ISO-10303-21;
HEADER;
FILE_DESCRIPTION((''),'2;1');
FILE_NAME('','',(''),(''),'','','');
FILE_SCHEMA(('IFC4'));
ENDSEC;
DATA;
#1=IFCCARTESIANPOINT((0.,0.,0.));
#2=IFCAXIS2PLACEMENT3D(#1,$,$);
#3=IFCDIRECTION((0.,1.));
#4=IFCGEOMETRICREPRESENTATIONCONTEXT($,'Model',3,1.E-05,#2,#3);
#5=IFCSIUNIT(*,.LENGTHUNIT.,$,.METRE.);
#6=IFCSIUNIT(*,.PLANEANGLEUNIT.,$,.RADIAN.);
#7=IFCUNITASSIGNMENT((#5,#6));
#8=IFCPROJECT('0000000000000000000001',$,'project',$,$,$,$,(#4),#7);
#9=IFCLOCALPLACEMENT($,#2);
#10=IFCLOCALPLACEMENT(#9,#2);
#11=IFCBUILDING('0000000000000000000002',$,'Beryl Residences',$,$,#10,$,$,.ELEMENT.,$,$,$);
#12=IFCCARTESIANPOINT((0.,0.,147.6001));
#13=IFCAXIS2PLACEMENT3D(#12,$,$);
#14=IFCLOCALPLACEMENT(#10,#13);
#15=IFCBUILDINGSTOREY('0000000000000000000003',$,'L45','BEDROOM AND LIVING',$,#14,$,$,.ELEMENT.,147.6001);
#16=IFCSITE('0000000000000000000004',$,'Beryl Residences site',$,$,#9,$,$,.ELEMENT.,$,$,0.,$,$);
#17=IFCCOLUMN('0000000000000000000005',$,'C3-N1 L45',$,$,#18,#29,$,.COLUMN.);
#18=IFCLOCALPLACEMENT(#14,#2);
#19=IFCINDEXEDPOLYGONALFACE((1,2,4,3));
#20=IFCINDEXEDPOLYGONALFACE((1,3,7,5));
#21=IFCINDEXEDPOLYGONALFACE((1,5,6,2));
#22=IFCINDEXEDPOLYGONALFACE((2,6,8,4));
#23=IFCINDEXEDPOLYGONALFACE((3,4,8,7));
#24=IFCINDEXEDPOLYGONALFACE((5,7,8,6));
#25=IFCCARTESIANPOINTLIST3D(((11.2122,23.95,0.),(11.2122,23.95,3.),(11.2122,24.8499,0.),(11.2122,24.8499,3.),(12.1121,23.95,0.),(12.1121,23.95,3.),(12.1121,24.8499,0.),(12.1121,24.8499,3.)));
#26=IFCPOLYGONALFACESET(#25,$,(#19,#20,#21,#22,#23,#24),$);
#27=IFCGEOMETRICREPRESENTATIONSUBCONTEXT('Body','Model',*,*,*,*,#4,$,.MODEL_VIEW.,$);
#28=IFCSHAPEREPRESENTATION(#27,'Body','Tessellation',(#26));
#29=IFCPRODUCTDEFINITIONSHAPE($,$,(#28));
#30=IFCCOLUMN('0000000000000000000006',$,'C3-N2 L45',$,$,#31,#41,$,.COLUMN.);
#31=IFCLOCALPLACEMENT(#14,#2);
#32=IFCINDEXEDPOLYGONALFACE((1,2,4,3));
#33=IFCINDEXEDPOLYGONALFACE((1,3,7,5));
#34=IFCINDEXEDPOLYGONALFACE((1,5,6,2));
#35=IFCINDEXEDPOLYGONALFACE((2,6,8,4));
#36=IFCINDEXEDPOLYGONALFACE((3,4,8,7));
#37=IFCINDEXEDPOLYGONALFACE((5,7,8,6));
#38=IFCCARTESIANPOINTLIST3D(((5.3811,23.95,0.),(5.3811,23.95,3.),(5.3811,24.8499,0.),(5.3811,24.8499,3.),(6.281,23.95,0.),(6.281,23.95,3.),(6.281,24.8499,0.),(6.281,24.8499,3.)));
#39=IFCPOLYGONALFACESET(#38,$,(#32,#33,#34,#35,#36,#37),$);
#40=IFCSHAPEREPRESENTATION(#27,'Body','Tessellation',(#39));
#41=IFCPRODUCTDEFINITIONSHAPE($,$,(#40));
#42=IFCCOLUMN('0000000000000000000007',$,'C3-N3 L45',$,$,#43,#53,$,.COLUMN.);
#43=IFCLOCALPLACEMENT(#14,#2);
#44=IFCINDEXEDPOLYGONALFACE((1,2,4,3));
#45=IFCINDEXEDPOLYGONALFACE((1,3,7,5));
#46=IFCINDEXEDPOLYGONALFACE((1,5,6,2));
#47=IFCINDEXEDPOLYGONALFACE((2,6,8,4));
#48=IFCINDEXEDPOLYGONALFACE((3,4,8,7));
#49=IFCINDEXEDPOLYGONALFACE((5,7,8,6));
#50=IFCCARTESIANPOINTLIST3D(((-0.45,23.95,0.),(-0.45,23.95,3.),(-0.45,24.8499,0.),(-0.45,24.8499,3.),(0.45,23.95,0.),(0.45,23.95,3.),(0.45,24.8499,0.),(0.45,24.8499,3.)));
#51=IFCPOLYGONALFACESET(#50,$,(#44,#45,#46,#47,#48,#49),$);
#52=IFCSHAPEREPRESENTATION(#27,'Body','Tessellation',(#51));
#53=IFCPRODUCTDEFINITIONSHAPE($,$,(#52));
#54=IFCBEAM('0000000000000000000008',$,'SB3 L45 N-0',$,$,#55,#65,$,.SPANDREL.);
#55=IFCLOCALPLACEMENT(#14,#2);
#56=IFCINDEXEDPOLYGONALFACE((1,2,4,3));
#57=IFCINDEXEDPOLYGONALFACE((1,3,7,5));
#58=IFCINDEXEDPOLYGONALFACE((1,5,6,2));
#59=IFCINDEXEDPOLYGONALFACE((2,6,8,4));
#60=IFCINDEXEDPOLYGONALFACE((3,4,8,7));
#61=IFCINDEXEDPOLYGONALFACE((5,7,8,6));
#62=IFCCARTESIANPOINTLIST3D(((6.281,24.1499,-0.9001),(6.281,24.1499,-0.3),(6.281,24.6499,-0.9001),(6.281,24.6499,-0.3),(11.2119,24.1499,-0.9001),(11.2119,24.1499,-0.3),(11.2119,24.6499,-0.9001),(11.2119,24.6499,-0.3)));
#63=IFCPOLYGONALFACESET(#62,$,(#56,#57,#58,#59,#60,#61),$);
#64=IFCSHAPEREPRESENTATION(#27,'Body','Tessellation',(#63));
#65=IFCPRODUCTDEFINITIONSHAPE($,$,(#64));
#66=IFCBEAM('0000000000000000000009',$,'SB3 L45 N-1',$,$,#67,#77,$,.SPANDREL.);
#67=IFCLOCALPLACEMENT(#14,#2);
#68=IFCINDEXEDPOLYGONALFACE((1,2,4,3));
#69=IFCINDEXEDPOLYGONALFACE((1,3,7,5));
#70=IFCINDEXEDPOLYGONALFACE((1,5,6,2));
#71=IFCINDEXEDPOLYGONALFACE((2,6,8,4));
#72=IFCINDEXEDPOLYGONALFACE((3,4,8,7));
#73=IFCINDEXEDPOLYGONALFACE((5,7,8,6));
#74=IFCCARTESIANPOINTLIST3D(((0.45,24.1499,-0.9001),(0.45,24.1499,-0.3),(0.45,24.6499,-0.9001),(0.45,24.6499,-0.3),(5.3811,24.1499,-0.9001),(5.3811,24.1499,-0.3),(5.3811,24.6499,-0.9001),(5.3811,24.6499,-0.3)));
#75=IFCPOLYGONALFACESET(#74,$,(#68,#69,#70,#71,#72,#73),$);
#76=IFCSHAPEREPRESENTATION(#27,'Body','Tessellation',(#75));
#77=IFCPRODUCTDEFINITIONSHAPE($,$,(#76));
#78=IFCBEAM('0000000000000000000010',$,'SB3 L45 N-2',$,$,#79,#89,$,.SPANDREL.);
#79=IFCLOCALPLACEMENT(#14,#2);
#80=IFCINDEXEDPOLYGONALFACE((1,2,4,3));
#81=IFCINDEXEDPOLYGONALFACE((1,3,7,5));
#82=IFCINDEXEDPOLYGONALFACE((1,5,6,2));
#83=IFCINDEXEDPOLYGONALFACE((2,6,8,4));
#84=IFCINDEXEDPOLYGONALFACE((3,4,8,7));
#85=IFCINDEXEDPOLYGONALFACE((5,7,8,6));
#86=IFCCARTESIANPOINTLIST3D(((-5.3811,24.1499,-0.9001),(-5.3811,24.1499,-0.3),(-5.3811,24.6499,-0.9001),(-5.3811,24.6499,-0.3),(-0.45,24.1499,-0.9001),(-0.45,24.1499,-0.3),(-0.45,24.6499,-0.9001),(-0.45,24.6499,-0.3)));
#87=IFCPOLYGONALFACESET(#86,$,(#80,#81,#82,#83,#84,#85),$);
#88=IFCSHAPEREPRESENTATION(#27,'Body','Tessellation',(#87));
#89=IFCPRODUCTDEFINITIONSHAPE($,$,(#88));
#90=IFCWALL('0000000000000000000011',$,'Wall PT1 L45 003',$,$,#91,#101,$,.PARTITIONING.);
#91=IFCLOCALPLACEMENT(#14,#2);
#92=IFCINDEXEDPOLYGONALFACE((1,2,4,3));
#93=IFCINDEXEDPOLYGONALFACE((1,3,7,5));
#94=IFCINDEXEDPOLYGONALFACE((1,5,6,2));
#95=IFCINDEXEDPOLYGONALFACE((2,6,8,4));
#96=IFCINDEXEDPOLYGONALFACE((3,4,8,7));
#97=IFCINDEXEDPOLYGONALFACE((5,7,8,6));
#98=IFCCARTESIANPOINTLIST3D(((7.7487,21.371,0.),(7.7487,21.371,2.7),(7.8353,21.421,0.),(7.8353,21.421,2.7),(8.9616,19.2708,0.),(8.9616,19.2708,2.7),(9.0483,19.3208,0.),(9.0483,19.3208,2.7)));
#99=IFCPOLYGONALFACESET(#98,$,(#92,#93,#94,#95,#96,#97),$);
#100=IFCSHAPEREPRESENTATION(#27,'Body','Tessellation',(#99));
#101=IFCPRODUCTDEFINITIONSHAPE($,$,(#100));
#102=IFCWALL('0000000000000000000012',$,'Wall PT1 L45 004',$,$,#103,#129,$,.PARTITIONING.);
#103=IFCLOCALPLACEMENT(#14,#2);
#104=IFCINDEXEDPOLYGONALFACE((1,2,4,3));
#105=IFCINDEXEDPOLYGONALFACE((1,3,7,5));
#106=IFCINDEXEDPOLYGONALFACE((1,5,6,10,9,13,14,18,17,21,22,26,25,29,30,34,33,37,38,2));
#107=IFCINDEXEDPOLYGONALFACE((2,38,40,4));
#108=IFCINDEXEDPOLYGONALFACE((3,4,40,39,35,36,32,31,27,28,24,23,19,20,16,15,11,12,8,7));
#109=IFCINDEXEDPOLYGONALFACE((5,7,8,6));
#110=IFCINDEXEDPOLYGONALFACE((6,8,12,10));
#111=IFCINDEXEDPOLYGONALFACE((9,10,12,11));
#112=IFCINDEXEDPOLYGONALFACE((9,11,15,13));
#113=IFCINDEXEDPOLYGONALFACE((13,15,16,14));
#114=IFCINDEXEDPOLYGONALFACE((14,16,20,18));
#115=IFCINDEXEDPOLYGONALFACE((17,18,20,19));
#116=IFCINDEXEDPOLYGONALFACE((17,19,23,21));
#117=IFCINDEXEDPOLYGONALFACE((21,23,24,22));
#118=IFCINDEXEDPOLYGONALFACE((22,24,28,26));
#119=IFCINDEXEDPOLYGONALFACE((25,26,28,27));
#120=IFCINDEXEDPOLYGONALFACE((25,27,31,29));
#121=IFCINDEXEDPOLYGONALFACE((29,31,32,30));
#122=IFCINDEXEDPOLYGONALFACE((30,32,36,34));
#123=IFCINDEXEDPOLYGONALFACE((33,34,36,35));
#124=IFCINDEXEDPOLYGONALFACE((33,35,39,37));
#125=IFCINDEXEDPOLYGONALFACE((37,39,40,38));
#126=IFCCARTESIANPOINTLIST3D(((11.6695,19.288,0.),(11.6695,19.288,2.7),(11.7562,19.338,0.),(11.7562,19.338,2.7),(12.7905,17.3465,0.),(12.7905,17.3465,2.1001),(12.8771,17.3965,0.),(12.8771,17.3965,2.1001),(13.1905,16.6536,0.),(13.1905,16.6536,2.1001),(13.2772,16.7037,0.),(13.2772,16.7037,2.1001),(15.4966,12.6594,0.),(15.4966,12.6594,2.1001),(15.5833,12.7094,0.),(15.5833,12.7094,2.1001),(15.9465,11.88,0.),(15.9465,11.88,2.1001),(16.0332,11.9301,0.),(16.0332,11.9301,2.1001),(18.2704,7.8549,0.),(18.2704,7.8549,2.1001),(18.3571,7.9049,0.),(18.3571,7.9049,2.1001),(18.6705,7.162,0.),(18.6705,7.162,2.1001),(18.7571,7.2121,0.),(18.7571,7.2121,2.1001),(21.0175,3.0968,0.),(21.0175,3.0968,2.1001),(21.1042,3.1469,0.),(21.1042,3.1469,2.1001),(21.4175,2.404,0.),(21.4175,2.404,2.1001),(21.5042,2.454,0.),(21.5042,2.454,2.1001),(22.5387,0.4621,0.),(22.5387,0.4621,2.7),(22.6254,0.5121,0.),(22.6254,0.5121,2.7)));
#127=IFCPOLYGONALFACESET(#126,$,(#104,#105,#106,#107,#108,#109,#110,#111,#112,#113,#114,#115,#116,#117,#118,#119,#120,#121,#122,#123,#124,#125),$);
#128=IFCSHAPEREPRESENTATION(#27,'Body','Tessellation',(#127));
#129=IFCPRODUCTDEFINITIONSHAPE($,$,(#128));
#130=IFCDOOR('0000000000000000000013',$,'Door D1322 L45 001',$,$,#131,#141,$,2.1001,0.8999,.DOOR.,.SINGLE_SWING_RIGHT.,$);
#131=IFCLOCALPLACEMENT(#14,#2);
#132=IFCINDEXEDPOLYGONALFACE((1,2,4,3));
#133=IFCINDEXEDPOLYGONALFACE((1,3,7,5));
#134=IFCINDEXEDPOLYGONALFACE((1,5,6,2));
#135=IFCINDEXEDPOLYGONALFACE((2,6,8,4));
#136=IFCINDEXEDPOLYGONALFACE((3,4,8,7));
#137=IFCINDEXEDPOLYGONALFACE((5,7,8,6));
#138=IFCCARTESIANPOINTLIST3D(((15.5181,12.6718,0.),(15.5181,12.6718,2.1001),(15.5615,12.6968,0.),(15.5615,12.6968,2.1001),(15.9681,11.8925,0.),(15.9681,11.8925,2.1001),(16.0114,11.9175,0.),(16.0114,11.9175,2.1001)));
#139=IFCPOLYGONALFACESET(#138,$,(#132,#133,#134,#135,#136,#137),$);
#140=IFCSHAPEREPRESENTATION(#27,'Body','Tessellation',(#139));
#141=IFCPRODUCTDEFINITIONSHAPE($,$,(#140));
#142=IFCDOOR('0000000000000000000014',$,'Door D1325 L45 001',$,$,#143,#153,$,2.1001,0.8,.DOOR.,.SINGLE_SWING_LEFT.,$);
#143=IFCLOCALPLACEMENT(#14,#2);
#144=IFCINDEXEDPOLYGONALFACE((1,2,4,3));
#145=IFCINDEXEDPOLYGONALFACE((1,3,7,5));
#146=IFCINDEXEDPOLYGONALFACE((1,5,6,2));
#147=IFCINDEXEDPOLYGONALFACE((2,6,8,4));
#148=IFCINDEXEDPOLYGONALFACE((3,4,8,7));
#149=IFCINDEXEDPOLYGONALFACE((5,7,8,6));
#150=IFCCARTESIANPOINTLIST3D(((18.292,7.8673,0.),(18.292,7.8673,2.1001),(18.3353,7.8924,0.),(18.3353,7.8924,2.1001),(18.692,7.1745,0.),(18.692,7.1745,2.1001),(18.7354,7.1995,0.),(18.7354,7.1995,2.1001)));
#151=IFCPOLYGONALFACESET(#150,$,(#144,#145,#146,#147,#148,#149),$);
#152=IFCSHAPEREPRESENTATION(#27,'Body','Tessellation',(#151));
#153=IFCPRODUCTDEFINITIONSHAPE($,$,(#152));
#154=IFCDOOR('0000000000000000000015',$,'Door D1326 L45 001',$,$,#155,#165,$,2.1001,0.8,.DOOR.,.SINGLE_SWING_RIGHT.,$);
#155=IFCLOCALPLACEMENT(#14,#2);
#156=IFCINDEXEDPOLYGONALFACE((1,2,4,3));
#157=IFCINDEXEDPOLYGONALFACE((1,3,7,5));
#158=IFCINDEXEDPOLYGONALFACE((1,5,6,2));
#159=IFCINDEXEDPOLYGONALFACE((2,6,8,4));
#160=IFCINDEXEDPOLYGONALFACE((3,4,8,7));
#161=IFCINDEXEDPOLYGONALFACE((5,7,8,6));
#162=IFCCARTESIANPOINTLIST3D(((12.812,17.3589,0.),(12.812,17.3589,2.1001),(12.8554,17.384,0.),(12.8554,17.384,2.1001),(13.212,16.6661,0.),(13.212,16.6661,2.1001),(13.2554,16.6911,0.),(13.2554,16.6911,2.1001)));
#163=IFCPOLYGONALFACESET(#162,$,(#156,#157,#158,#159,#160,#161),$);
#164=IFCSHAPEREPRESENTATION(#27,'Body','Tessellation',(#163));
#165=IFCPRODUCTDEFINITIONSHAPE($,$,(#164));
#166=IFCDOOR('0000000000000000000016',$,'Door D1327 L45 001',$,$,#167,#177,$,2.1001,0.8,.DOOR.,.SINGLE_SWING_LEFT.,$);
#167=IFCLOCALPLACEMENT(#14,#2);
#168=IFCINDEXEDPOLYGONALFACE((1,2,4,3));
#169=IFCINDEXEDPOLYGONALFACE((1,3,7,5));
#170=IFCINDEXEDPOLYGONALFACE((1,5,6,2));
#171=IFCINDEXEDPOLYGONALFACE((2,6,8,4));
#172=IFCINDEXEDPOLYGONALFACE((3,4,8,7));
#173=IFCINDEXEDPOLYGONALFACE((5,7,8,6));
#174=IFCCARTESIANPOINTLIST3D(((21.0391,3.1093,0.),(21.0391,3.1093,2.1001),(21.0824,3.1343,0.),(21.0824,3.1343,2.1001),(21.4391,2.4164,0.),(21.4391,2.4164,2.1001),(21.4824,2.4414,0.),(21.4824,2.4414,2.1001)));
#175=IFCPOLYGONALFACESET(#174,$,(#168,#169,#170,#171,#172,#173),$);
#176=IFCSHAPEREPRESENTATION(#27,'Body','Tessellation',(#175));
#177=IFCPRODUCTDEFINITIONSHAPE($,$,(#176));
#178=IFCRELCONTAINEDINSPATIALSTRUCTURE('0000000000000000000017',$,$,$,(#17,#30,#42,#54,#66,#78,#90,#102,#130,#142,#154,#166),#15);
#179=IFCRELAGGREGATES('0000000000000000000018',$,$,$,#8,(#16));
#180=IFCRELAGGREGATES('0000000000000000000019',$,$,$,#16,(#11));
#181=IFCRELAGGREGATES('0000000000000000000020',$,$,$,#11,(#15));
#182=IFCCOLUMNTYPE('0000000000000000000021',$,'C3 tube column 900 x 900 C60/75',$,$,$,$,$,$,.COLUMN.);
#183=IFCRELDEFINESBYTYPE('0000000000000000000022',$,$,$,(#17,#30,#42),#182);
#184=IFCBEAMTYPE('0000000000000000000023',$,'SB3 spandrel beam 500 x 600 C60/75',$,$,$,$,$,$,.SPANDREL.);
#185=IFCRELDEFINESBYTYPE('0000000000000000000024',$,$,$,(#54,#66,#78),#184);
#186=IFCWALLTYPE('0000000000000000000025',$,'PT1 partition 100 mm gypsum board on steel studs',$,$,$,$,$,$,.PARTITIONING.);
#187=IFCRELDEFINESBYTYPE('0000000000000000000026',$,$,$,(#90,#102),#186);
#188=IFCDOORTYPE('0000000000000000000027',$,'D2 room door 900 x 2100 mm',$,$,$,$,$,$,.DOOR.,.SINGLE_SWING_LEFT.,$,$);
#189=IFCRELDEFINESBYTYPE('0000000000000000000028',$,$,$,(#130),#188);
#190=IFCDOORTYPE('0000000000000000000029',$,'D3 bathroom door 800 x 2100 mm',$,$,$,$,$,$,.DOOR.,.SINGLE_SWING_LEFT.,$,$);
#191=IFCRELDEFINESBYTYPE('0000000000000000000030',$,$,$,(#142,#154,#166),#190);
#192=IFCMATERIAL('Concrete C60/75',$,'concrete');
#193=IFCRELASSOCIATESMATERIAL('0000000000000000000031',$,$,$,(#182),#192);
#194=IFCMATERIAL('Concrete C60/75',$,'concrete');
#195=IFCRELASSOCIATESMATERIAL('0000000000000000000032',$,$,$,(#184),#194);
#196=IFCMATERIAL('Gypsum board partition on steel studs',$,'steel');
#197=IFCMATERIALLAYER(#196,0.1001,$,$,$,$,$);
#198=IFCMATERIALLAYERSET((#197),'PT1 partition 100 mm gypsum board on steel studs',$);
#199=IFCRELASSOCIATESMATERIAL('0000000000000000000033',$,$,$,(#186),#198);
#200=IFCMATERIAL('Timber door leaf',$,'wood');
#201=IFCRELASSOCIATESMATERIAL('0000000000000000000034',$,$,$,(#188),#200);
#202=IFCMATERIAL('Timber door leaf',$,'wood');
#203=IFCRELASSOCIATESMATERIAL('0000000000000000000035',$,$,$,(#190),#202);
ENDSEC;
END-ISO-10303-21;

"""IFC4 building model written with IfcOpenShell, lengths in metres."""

from ifc_helpers import new_model, si_unit, direction, frame, frame_2d, origin, origin_2d, place, context, subcontext, project, spatial, rectangle, extrude, material, layer, layer_set, material_profile, profile_set, type_object, element, fill, save


model = new_model("IFC4")

# Units and contexts
model_context = context("Model", 3, precision=1e-05, world=origin(), true_north=direction((0.0, 1.0)))
body_context = subcontext(model_context, "Body", "Model", "MODEL_VIEW")
ifc_project = project(units=[si_unit("LENGTHUNIT", "METRE"), si_unit("PLANEANGLEUNIT", "RADIAN")], contexts=[model_context])

# Site, building, storey
site_placement = place(None, origin())
site = spatial("IfcSite", under=ifc_project, at=site_placement, Name="Beryl Residences site", CompositionType="ELEMENT", RefElevation=0.0)
building_placement = place(site_placement, origin())
building = spatial("IfcBuilding", under=site, at=building_placement, Name="Beryl Residences", CompositionType="ELEMENT")
storey_placement = place(building_placement, frame((0.0, 0.0, 147.6001)))
storey = spatial("IfcBuildingStorey", under=building, at=storey_placement, Name="L45", Description="BEDROOM AND LIVING", CompositionType="ELEMENT", Elevation=147.6001)

# Columns
ifc_material_1 = material(Name="Concrete C60/75", Category="concrete")
ifc_material_profile_1 = material_profile(ifc_material_1, rectangle(XDim=0.8999, YDim=0.8999, at=origin_2d()))
ifc_profile_set_1 = profile_set([ifc_material_profile_1], Name="Concrete C60/75")
column_type = type_object("IfcColumnType", Name="C3 tube column 900 x 900 C60/75", PredefinedType="COLUMN", material=ifc_profile_set_1)
for number, where, z_axis, x_axis, name in (
    (1, (11.6621, 24.3999, 0.0), (0.0, 0.0, 1.0), (-1.0, 0.0, 0.0), "C3-N1 L45"),
    (2, (5.8311, 24.3999, 0.0), (0.0, 0.0, 1.0), (-1.0, 0.0, 0.0), "C3-N2 L45"),
    (3, (0.0, 24.3999, 0.0), (0.0, 0.0, 1.0), (-1.0, 0.0, 0.0), "C3-N3 L45"),
):
    element("IfcColumn", number, at=place(storey_placement, frame(where, z_axis=z_axis, x_axis=x_axis)), inside=storey, type_object=column_type, Name=name, PredefinedType="COLUMN", context=body_context, shape_type="SweptSolid", body=[
        extrude(rectangle(XDim=0.8999, YDim=0.8999, at=origin_2d()), origin(), (0.0, 0.0, 1.0), 3.0),
    ])

# Beams
ifc_material_2 = material(Name="Concrete C60/75", Category="concrete")
ifc_material_profile_2 = material_profile(ifc_material_2, rectangle(XDim=0.5, YDim=0.6001, at=origin_2d()))
ifc_profile_set_2 = profile_set([ifc_material_profile_2], Name="Concrete C60/75")
beam_type = type_object("IfcBeamType", Name="SB3 spandrel beam 500 x 600 C60/75", PredefinedType="SPANDREL", material=ifc_profile_set_2)
beam_placement = place(storey_placement, frame((11.2119, 24.3999, -0.6001), z_axis=(-1.0, 0.0, 0.0), x_axis=(0.0, -1.0, 0.0)))
element("IfcBeam", 4, at=beam_placement, inside=storey, type_object=beam_type, Name="SB3 L45 N-0", PredefinedType="SPANDREL", context=body_context, shape_type="SweptSolid", body=[
    extrude(rectangle(XDim=0.5, YDim=0.6001, at=origin_2d()), origin(), (0.0, 0.0, 1.0), 4.9309),
])
for number, where, z_axis, x_axis, name in (
    (5, (5.3811, 24.3999, -0.6001), (-1.0, 0.0, 0.0), (0.0, -1.0, 0.0), "SB3 L45 N-1"),
    (6, (-0.45, 24.3999, -0.6001), (-1.0, 0.0, 0.0), (0.0, -1.0, 0.0), "SB3 L45 N-2"),
):
    element("IfcBeam", number, at=place(storey_placement, frame(where, z_axis=z_axis, x_axis=x_axis)), inside=storey, type_object=beam_type, Name=name, PredefinedType="SPANDREL", context=body_context, shape_type="SweptSolid", body=[
        extrude(rectangle(XDim=0.5, YDim=0.6001, at=origin_2d()), origin(), (0.0, 0.0, 1.0), 4.9312),
    ])

# Wall
ifc_material_3 = material(Name="Gypsum board partition on steel studs", Category="steel")
ifc_layer_1 = layer(ifc_material_3, 0.1001)
ifc_layer_set_1 = layer_set([ifc_layer_1], Name="PT1 partition 100 mm gypsum board on steel studs")
wall_type_1 = type_object("IfcWallType", Name="PT1 partition 100 mm gypsum board on steel studs", PredefinedType="PARTITIONING", material=ifc_layer_set_1)
wall_1_placement = place(storey_placement, frame((7.792, 21.396, 0.0), z_axis=(0.0, 0.0, 1.0), x_axis=(0.500123, -0.865954, 0.0)))
element("IfcWall", 7, at=wall_1_placement, inside=storey, type_object=wall_type_1, Name="Wall PT1 L45 003", PredefinedType="PARTITIONING", context=body_context, shape_type="SweptSolid", body=[
    extrude(rectangle(XDim=2.4253, YDim=0.1001, at=frame_2d((1.2126, 0.0))), origin(), (0.0, 0.0, 1.0), 2.7),
])

# Wall, openings, doors
wall_2_placement = place(storey_placement, frame((11.7129, 19.313, 0.0), z_axis=(0.0, 0.0, 1.0), x_axis=(0.5, -0.866026, 0.0)))
wall_2 = element("IfcWall", 8, at=wall_2_placement, inside=storey, type_object=wall_type_1, Name="Wall PT1 L45 004", PredefinedType="PARTITIONING", context=body_context, shape_type="SweptSolid", body=[
    extrude(rectangle(XDim=21.7383, YDim=0.1001, at=frame_2d((10.8691, 0.0))), origin(), (0.0, 0.0, 1.0), 2.7),
])
opening_1_placement = place(wall_2_placement, frame((7.6541, 0.0, 0.0)))
opening_1 = element("IfcOpeningElement", 9, at=opening_1_placement, cuts=wall_2, PredefinedType="OPENING", context=body_context, shape_type="SweptSolid", body=[
    extrude(rectangle(XDim=0.8999, YDim=2.1001, at=frame_2d((0.45, 1.05))), frame((0.0, 0.0601, 0.0), z_axis=(0.0, -1.0, 0.0), x_axis=(1.0, 0.0, 0.0)), (0.0, 0.0, 1.0), 0.1201),
])
opening_2_placement = place(wall_2_placement, frame((13.2019, 0.0, 0.0)))
opening_2 = element("IfcOpeningElement", 10, at=opening_2_placement, cuts=wall_2, PredefinedType="OPENING", context=body_context, shape_type="SweptSolid", body=[
    extrude(rectangle(XDim=0.8, YDim=2.1001, at=frame_2d((0.3999, 1.05))), frame((0.0, 0.0601, 0.0), z_axis=(0.0, -1.0, 0.0), x_axis=(1.0, 0.0, 0.0)), (0.0, 0.0, 1.0), 0.1201),
])
opening_3_placement = place(wall_2_placement, frame((2.2419, 0.0, 0.0)))
opening_3 = element("IfcOpeningElement", 11, at=opening_3_placement, cuts=wall_2, PredefinedType="OPENING", context=body_context, shape_type="SweptSolid", body=[
    extrude(rectangle(XDim=0.8, YDim=2.1001, at=frame_2d((0.3999, 1.05))), frame((0.0, 0.0601, 0.0), z_axis=(0.0, -1.0, 0.0), x_axis=(1.0, 0.0, 0.0)), (0.0, 0.0, 1.0), 0.1201),
])
opening_4_placement = place(wall_2_placement, frame((18.696, 0.0, 0.0)))
opening_4 = element("IfcOpeningElement", 12, at=opening_4_placement, cuts=wall_2, PredefinedType="OPENING", context=body_context, shape_type="SweptSolid", body=[
    extrude(rectangle(XDim=0.8, YDim=2.1001, at=frame_2d((0.3999, 1.05))), frame((0.0, 0.0601, 0.0), z_axis=(0.0, -1.0, 0.0), x_axis=(1.0, 0.0, 0.0)), (0.0, 0.0, 1.0), 0.1201),
])
ifc_material_4 = material(Name="Timber door leaf", Category="wood")
door_type_1 = type_object("IfcDoorType", Name="D2 room door 900 x 2100 mm", OperationType="SINGLE_SWING_LEFT", PredefinedType="DOOR", material=ifc_material_4)
door_1_placement = place(opening_1_placement, origin())
door_1 = element("IfcDoor", 13, at=door_1_placement, inside=storey, type_object=door_type_1, Name="Door D1322 L45 001", OperationType="SINGLE_SWING_RIGHT", OverallHeight=2.1001, OverallWidth=0.8999, PredefinedType="DOOR", context=body_context, shape_type="SweptSolid", body=[
    extrude(rectangle(XDim=0.8999, YDim=2.1001, at=frame_2d((0.45, 1.05))), frame((0.0, 0.0249, 0.0), z_axis=(0.0, -1.0, 0.0), x_axis=(1.0, 0.0, 0.0)), (0.0, 0.0, 1.0), 0.05),
])
fill(opening_1, door_1)
ifc_material_5 = material(Name="Timber door leaf", Category="wood")
door_type_2 = type_object("IfcDoorType", Name="D3 bathroom door 800 x 2100 mm", OperationType="SINGLE_SWING_LEFT", PredefinedType="DOOR", material=ifc_material_5)
door_2_placement = place(opening_2_placement, origin())
door_2 = element("IfcDoor", 14, at=door_2_placement, inside=storey, type_object=door_type_2, Name="Door D1325 L45 001", OperationType="SINGLE_SWING_LEFT", OverallHeight=2.1001, OverallWidth=0.8, PredefinedType="DOOR", context=body_context, shape_type="SweptSolid", body=[
    extrude(rectangle(XDim=0.8, YDim=2.1001, at=frame_2d((0.3999, 1.05))), frame((0.0, 0.0249, 0.0), z_axis=(0.0, -1.0, 0.0), x_axis=(1.0, 0.0, 0.0)), (0.0, 0.0, 1.0), 0.05),
])
fill(opening_2, door_2)
door_3_placement = place(opening_3_placement, origin())
door_3 = element("IfcDoor", 15, at=door_3_placement, inside=storey, type_object=door_type_2, Name="Door D1326 L45 001", OperationType="SINGLE_SWING_RIGHT", OverallHeight=2.1001, OverallWidth=0.8, PredefinedType="DOOR", context=body_context, shape_type="SweptSolid", body=[
    extrude(rectangle(XDim=0.8, YDim=2.1001, at=frame_2d((0.3999, 1.05))), frame((0.0, 0.0249, 0.0), z_axis=(0.0, -1.0, 0.0), x_axis=(1.0, 0.0, 0.0)), (0.0, 0.0, 1.0), 0.05),
])
fill(opening_3, door_3)
door_4_placement = place(opening_4_placement, origin())
door_4 = element("IfcDoor", 16, at=door_4_placement, inside=storey, type_object=door_type_2, Name="Door D1327 L45 001", OperationType="SINGLE_SWING_LEFT", OverallHeight=2.1001, OverallWidth=0.8, PredefinedType="DOOR", context=body_context, shape_type="SweptSolid", body=[
    extrude(rectangle(XDim=0.8, YDim=2.1001, at=frame_2d((0.3999, 1.05))), frame((0.0, 0.0249, 0.0), z_axis=(0.0, -1.0, 0.0), x_axis=(1.0, 0.0, 0.0)), (0.0, 0.0, 1.0), 0.05),
])
fill(opening_4, door_4)

save(model, "model.ifc")
